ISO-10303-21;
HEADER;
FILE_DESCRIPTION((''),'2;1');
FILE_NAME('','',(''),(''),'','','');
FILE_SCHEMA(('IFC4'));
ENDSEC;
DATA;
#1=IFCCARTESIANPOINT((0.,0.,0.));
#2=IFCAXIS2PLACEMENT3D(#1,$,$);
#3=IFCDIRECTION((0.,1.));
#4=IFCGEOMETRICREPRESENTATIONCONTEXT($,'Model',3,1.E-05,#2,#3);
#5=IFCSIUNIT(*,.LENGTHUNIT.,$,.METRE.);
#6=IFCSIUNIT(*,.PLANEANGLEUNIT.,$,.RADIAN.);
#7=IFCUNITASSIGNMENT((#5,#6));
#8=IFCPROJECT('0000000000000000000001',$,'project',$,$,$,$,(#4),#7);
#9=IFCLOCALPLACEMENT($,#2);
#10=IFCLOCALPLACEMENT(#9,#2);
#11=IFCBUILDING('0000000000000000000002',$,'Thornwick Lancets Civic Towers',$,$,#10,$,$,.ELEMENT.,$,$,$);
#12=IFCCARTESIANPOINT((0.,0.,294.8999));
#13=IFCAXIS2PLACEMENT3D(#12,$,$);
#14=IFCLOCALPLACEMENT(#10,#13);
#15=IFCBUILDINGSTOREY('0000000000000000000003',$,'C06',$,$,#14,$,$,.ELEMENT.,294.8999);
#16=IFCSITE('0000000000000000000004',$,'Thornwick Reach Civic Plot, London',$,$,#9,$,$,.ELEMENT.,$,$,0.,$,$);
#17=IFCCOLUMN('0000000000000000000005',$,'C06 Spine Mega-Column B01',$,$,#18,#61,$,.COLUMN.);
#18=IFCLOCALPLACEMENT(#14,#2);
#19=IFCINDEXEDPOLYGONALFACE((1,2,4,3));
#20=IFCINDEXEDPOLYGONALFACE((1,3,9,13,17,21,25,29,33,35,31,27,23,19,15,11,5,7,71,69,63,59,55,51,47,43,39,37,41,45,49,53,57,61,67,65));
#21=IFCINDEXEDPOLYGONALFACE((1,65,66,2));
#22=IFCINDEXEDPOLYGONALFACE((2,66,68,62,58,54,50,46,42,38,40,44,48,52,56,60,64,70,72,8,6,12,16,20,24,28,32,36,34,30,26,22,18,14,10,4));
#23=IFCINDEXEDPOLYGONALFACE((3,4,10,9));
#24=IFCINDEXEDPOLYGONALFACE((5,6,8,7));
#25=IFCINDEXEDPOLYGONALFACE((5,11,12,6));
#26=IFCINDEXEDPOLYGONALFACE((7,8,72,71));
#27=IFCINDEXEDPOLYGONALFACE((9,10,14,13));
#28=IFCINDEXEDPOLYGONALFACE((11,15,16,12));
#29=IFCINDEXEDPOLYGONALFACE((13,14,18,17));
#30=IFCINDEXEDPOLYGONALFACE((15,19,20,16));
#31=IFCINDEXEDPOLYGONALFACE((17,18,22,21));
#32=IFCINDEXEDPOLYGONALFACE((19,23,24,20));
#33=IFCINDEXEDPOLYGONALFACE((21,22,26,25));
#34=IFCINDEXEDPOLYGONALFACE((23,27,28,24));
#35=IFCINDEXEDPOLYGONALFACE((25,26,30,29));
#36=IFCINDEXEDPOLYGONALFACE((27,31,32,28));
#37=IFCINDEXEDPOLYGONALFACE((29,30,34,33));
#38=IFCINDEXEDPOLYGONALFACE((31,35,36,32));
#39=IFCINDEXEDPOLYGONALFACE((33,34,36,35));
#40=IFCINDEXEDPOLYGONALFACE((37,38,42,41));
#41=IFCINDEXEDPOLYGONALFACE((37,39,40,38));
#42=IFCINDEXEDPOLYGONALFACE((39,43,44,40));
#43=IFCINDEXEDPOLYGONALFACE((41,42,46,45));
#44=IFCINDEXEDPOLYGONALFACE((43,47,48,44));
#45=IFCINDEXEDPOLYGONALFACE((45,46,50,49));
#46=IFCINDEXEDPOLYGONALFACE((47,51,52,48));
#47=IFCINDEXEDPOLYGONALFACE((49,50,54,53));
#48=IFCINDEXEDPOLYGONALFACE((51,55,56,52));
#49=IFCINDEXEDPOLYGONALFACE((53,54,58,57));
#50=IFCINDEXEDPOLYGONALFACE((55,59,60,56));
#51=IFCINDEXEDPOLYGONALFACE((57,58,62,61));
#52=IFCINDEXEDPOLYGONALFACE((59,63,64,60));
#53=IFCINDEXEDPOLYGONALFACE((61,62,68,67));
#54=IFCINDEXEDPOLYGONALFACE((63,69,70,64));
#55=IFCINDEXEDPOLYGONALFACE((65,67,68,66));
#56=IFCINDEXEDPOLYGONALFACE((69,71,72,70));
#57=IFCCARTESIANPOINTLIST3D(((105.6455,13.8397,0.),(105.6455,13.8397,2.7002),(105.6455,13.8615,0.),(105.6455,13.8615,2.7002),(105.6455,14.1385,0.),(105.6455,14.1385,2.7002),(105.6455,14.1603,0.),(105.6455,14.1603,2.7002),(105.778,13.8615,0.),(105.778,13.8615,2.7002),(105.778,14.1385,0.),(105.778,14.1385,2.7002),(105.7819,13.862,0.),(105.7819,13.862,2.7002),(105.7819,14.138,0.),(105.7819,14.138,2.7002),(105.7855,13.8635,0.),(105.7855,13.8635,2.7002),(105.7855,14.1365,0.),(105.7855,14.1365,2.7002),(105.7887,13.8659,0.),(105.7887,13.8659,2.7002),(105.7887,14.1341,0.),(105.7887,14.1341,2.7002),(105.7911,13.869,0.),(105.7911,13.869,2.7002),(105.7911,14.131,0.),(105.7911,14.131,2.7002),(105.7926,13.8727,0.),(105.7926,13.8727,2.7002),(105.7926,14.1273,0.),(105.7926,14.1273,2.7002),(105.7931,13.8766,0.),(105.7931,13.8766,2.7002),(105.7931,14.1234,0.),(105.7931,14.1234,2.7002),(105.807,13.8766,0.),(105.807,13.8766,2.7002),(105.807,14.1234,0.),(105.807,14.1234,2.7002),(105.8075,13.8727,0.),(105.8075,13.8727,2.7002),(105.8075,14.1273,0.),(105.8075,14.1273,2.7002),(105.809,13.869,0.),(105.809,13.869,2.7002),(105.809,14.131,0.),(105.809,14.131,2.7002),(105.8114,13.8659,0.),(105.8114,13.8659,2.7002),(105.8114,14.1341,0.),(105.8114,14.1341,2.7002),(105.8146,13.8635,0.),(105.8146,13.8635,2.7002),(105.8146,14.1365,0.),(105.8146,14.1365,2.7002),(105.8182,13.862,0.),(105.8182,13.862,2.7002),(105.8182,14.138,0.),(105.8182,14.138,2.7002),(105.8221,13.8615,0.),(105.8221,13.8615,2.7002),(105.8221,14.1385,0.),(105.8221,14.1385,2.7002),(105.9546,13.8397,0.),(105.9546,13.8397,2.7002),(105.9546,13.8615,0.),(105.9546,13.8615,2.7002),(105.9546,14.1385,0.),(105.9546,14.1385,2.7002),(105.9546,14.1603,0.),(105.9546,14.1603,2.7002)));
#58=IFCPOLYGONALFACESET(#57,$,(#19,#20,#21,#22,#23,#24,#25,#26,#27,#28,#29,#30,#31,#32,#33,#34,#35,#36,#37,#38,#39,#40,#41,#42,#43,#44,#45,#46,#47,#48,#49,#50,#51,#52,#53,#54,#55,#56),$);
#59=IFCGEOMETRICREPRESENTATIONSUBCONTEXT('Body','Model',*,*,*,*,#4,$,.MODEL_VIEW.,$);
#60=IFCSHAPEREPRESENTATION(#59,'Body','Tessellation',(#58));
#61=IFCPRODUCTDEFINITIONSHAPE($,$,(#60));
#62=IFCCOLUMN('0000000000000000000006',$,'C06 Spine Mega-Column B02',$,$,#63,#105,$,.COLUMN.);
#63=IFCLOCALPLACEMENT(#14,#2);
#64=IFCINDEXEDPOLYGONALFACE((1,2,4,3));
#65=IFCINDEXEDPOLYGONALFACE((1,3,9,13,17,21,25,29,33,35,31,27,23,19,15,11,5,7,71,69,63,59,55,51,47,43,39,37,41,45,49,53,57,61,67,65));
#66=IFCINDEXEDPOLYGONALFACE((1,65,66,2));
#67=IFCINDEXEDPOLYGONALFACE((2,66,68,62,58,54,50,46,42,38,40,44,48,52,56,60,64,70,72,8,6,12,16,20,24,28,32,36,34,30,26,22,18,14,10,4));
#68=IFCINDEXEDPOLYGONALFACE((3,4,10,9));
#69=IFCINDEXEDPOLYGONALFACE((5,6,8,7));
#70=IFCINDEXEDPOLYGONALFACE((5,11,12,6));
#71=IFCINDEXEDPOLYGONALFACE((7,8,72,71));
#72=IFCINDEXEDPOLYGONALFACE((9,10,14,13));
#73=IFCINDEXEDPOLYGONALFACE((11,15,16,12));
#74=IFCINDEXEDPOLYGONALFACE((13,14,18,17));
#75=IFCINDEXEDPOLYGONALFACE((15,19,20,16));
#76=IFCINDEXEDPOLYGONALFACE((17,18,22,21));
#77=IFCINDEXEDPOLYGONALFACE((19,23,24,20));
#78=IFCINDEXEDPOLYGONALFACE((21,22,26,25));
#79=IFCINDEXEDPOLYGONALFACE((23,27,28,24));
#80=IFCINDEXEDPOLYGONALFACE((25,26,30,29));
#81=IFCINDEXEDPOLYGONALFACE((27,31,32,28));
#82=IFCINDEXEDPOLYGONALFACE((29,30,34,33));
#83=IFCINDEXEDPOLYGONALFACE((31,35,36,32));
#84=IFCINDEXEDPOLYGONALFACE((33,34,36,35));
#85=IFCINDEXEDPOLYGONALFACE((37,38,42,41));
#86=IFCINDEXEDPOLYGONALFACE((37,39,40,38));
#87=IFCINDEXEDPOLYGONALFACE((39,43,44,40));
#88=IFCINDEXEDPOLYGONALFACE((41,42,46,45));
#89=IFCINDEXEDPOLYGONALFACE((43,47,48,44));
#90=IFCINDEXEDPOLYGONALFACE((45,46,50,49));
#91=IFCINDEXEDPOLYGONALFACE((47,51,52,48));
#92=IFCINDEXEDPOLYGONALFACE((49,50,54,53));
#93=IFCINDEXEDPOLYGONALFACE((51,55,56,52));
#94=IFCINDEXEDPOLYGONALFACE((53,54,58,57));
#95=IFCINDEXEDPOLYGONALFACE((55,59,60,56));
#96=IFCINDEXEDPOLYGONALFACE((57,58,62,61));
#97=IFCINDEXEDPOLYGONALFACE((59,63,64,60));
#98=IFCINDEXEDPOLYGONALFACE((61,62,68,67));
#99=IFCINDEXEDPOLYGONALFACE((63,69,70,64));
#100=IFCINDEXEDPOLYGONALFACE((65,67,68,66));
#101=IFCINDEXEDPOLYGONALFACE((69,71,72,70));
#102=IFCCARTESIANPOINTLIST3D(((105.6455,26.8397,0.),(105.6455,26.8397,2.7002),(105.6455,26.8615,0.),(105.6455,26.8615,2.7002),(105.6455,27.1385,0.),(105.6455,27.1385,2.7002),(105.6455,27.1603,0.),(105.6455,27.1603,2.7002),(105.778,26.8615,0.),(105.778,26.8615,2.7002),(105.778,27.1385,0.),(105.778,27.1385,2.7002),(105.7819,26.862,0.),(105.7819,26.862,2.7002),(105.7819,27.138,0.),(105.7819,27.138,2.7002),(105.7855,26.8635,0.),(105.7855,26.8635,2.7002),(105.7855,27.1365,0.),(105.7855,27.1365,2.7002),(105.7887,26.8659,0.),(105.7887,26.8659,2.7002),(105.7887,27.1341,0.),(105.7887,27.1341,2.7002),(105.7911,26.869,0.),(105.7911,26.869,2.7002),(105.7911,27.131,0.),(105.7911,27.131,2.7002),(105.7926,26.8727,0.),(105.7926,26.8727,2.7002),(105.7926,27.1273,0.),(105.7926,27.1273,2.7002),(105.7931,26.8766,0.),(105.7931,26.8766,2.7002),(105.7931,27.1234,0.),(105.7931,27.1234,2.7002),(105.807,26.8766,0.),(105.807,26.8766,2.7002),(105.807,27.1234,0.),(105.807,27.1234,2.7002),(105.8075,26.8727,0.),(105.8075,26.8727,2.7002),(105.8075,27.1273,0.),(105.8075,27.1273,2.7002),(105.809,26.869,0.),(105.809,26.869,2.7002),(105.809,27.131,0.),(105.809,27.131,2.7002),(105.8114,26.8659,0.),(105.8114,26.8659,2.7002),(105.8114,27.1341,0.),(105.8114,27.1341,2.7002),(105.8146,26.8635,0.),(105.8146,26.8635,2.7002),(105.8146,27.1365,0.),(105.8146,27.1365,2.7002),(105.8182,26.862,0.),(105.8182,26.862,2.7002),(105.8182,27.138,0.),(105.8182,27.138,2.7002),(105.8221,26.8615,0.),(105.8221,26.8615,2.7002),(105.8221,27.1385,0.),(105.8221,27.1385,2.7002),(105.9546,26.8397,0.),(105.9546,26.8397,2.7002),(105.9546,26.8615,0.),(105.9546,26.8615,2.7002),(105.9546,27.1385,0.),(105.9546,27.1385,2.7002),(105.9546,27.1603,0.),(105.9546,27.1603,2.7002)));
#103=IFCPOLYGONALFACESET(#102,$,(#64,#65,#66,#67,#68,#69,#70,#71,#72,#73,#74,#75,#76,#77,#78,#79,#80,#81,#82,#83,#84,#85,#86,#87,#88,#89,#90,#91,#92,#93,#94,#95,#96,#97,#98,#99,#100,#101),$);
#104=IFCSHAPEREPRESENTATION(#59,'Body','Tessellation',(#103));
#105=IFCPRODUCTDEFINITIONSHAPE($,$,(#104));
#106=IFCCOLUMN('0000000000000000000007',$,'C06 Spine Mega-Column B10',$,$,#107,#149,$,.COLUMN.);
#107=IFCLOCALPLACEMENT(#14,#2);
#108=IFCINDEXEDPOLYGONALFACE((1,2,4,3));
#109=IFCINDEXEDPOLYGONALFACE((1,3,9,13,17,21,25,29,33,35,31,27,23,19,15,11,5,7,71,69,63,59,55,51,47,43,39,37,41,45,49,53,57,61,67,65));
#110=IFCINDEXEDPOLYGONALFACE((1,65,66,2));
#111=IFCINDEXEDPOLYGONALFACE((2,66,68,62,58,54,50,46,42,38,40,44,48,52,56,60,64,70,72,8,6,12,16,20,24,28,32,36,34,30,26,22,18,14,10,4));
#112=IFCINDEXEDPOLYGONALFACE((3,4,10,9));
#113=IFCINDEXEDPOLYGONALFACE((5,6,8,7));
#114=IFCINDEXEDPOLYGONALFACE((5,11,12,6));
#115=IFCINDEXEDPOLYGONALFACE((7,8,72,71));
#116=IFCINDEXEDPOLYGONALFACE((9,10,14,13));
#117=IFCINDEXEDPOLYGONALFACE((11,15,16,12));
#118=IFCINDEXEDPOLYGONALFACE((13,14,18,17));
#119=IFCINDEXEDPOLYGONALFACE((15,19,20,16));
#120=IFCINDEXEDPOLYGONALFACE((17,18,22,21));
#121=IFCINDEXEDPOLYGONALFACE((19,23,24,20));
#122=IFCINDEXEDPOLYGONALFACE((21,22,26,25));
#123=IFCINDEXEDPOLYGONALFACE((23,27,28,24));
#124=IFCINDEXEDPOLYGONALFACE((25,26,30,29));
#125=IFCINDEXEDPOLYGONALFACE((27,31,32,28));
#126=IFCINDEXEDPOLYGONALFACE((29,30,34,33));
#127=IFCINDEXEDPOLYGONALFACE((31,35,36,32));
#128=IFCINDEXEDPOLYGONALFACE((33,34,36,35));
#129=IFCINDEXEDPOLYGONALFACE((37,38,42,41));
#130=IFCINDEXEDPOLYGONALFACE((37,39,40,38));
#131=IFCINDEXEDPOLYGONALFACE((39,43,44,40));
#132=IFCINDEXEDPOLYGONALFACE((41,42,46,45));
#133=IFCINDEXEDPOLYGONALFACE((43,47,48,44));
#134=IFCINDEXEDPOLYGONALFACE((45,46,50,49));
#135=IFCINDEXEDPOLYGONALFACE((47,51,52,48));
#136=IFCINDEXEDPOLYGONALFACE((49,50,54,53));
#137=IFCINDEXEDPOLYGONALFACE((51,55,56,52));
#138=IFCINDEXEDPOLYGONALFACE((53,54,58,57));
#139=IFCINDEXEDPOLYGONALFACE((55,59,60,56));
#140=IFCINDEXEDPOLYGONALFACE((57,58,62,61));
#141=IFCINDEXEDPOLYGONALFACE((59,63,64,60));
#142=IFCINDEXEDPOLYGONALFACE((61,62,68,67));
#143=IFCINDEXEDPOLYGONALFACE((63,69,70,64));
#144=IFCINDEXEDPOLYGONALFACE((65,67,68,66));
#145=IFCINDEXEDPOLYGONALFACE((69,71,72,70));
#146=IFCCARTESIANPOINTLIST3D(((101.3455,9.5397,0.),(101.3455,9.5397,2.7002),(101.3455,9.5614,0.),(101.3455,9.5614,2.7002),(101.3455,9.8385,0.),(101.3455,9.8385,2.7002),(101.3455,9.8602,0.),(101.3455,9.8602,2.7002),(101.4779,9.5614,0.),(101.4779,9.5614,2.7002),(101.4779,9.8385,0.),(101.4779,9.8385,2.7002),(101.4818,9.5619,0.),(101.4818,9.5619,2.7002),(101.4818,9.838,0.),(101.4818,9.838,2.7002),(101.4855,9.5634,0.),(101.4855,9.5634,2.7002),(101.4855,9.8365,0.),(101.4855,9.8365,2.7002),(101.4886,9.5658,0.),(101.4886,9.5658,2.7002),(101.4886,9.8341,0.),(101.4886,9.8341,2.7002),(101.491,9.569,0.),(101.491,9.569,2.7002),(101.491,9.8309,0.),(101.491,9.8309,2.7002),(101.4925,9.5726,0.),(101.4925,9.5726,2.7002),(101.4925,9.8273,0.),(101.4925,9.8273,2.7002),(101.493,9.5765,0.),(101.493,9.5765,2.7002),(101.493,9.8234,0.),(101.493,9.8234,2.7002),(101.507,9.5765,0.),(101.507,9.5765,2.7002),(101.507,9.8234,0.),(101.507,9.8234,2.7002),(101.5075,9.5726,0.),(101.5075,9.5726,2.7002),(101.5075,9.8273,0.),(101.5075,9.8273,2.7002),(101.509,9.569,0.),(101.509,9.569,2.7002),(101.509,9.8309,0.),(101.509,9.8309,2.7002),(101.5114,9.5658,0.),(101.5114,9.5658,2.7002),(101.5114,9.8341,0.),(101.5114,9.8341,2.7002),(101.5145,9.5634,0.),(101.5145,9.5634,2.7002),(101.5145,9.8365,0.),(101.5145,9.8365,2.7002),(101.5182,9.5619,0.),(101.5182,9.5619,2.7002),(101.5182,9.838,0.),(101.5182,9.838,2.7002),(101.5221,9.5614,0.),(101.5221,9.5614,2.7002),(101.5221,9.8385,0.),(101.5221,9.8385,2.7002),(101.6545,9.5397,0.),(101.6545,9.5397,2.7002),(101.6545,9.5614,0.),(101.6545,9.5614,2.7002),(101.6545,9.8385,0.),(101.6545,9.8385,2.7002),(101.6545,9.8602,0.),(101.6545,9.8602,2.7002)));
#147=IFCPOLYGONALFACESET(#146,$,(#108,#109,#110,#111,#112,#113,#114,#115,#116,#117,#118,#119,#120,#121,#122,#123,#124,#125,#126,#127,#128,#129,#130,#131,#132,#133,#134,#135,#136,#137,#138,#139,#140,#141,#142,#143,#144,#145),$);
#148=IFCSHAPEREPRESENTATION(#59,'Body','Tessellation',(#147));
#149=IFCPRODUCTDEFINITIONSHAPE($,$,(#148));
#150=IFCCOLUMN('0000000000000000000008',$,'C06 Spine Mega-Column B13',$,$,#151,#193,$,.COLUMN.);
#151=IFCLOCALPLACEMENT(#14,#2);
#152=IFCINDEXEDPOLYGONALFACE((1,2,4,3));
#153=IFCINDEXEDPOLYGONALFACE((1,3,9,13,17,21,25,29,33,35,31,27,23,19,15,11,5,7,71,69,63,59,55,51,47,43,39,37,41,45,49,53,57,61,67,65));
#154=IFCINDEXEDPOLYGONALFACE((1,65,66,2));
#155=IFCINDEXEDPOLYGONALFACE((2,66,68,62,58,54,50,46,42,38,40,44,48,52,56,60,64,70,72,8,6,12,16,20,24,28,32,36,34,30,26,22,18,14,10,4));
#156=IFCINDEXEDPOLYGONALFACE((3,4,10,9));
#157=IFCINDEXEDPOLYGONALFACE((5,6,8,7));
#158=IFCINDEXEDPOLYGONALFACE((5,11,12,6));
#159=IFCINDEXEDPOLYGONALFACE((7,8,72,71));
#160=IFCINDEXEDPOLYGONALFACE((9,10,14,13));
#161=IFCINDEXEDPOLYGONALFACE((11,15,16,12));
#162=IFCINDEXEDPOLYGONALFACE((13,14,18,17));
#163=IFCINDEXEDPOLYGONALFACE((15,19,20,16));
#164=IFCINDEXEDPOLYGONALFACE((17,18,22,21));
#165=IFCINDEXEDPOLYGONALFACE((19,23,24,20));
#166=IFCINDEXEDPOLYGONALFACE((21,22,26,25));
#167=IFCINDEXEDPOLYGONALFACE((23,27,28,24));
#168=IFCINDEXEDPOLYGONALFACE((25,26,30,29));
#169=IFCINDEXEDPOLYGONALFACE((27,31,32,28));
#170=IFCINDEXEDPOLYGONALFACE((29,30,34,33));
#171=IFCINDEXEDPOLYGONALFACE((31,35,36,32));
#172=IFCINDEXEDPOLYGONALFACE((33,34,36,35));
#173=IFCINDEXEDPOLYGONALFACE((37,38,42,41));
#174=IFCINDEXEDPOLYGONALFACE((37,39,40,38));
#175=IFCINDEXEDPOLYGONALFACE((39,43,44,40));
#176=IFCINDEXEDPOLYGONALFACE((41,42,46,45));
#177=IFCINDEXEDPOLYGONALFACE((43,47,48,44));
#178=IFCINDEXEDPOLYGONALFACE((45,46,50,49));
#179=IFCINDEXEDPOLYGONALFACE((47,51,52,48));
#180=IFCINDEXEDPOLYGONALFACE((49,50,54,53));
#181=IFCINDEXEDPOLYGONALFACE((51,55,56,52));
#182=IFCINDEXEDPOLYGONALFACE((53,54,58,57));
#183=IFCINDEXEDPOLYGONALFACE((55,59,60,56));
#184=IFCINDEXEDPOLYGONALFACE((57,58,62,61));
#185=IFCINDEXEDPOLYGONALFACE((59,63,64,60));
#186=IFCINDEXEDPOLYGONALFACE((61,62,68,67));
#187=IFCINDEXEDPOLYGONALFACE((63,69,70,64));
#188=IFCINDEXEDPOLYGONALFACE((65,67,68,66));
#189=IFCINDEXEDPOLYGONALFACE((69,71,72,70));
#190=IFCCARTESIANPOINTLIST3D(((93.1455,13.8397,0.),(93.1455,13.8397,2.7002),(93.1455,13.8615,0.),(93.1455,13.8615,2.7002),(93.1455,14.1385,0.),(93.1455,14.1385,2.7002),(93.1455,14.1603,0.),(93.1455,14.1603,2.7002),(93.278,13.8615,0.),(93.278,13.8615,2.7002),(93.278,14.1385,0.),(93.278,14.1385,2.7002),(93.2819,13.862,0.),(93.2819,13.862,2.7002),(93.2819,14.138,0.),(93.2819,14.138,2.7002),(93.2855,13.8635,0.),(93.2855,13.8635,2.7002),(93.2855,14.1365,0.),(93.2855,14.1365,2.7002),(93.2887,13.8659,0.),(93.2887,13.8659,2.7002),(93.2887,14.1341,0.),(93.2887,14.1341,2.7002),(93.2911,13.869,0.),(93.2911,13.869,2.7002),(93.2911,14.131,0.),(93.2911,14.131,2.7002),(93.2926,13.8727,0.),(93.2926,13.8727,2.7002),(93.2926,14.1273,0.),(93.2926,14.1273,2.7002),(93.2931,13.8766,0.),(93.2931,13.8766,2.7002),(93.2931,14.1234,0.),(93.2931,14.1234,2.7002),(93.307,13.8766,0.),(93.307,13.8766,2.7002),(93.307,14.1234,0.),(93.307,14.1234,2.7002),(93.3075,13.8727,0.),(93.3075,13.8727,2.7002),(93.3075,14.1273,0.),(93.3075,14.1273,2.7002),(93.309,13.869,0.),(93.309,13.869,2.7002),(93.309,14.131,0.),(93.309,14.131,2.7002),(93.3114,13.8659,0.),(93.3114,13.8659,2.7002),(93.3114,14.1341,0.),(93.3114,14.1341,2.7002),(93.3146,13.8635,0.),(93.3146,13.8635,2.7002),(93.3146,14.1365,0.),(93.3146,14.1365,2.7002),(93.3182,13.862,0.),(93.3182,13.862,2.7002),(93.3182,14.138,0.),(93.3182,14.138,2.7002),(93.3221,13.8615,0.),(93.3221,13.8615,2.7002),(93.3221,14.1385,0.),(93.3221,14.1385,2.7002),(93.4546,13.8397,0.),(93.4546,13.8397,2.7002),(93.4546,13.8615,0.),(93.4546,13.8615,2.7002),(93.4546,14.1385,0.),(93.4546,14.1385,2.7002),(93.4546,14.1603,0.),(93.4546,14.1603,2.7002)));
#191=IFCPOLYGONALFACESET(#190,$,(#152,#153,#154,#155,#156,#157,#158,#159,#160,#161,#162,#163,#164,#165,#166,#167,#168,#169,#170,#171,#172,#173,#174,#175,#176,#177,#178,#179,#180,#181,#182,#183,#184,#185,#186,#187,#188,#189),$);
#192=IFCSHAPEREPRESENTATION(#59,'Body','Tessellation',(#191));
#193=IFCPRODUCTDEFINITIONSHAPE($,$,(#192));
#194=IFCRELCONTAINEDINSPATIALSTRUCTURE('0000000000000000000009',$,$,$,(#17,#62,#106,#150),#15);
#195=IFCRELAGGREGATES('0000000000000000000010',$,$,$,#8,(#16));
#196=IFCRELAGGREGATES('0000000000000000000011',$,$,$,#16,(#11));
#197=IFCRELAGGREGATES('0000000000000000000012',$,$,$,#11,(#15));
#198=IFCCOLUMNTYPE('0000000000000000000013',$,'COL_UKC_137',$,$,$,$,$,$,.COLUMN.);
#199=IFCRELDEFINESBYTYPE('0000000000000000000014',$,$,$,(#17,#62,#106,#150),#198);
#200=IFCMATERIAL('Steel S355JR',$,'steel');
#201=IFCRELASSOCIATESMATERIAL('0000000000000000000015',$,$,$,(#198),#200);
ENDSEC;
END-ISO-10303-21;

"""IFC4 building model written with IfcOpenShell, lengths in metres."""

from ifc_helpers import new_model, si_unit, direction, frame, origin, origin_2d, place, context, subcontext, project, spatial, i_section, extrude, material, material_profile, profile_set, type_object, element, save


model = new_model("IFC4")

# Units and contexts
model_context = context("Model", 3, precision=1e-05, world=origin(), true_north=direction((0.0, 1.0)))
body_context = subcontext(model_context, "Body", "Model", "MODEL_VIEW")
ifc_project = project(units=[si_unit("LENGTHUNIT", "METRE"), si_unit("PLANEANGLEUNIT", "RADIAN")], contexts=[model_context])

# Site, building, storey
site_placement = place(None, origin())
site = spatial("IfcSite", under=ifc_project, at=site_placement, Name="Thornwick Reach Civic Plot, London", CompositionType="ELEMENT", RefElevation=0.0)
building_placement = place(site_placement, origin())
building = spatial("IfcBuilding", under=site, at=building_placement, Name="Thornwick Lancets Civic Towers", CompositionType="ELEMENT")
storey_placement = place(building_placement, frame((0.0, 0.0, 294.8999)))
storey = spatial("IfcBuildingStorey", under=building, at=storey_placement, Name="C06", CompositionType="ELEMENT", Elevation=294.8999)

# Columns
ifc_material_1 = material(Name="Steel S355JR", Category="steel")
ifc_material_profile_1 = material_profile(ifc_material_1, i_section(OverallWidth=0.3091, OverallDepth=0.3206, WebThickness=0.0139, FlangeThickness=0.0217, FilletRadius=0.0151, at=origin_2d()), Name="UKC 305x305x137")
ifc_profile_set_1 = profile_set([ifc_material_profile_1], Name="Steel S355JR")
column_type_1 = type_object("IfcColumnType", Name="COL_UKC_137", PredefinedType="COLUMN", material=ifc_profile_set_1)
for number, where, z_axis, x_axis, name in (
    (1, (105.8, 14.0, 0.0), (0.0, 0.0, 1.0), (1.0, 0.0, 0.0), "C06 Spine Mega-Column B01"),
    (2, (105.8, 27.0, 0.0), (0.0, 0.0, 1.0), (1.0, 0.0, 0.0), "C06 Spine Mega-Column B02"),
    (3, (101.5, 9.7, 0.0), (0.0, 0.0, 1.0), (1.0, 0.0, 0.0), "C06 Spine Mega-Column B10"),
    (4, (93.3, 14.0, 0.0), (0.0, 0.0, 1.0), (1.0, 0.0, 0.0), "C06 Spine Mega-Column B13"),
):
    element("IfcColumn", number, at=place(storey_placement, frame(where, z_axis=z_axis, x_axis=x_axis)), inside=storey, type_object=column_type_1, Name=name, PredefinedType="COLUMN", context=body_context, shape_type="SweptSolid", body=[
        extrude(i_section(OverallWidth=0.3091, OverallDepth=0.3206, WebThickness=0.0139, FlangeThickness=0.0217, FilletRadius=0.0151, at=origin_2d()), origin(), (0.0, 0.0, 1.0), 2.7002),
    ])

save(model, "model.ifc")
